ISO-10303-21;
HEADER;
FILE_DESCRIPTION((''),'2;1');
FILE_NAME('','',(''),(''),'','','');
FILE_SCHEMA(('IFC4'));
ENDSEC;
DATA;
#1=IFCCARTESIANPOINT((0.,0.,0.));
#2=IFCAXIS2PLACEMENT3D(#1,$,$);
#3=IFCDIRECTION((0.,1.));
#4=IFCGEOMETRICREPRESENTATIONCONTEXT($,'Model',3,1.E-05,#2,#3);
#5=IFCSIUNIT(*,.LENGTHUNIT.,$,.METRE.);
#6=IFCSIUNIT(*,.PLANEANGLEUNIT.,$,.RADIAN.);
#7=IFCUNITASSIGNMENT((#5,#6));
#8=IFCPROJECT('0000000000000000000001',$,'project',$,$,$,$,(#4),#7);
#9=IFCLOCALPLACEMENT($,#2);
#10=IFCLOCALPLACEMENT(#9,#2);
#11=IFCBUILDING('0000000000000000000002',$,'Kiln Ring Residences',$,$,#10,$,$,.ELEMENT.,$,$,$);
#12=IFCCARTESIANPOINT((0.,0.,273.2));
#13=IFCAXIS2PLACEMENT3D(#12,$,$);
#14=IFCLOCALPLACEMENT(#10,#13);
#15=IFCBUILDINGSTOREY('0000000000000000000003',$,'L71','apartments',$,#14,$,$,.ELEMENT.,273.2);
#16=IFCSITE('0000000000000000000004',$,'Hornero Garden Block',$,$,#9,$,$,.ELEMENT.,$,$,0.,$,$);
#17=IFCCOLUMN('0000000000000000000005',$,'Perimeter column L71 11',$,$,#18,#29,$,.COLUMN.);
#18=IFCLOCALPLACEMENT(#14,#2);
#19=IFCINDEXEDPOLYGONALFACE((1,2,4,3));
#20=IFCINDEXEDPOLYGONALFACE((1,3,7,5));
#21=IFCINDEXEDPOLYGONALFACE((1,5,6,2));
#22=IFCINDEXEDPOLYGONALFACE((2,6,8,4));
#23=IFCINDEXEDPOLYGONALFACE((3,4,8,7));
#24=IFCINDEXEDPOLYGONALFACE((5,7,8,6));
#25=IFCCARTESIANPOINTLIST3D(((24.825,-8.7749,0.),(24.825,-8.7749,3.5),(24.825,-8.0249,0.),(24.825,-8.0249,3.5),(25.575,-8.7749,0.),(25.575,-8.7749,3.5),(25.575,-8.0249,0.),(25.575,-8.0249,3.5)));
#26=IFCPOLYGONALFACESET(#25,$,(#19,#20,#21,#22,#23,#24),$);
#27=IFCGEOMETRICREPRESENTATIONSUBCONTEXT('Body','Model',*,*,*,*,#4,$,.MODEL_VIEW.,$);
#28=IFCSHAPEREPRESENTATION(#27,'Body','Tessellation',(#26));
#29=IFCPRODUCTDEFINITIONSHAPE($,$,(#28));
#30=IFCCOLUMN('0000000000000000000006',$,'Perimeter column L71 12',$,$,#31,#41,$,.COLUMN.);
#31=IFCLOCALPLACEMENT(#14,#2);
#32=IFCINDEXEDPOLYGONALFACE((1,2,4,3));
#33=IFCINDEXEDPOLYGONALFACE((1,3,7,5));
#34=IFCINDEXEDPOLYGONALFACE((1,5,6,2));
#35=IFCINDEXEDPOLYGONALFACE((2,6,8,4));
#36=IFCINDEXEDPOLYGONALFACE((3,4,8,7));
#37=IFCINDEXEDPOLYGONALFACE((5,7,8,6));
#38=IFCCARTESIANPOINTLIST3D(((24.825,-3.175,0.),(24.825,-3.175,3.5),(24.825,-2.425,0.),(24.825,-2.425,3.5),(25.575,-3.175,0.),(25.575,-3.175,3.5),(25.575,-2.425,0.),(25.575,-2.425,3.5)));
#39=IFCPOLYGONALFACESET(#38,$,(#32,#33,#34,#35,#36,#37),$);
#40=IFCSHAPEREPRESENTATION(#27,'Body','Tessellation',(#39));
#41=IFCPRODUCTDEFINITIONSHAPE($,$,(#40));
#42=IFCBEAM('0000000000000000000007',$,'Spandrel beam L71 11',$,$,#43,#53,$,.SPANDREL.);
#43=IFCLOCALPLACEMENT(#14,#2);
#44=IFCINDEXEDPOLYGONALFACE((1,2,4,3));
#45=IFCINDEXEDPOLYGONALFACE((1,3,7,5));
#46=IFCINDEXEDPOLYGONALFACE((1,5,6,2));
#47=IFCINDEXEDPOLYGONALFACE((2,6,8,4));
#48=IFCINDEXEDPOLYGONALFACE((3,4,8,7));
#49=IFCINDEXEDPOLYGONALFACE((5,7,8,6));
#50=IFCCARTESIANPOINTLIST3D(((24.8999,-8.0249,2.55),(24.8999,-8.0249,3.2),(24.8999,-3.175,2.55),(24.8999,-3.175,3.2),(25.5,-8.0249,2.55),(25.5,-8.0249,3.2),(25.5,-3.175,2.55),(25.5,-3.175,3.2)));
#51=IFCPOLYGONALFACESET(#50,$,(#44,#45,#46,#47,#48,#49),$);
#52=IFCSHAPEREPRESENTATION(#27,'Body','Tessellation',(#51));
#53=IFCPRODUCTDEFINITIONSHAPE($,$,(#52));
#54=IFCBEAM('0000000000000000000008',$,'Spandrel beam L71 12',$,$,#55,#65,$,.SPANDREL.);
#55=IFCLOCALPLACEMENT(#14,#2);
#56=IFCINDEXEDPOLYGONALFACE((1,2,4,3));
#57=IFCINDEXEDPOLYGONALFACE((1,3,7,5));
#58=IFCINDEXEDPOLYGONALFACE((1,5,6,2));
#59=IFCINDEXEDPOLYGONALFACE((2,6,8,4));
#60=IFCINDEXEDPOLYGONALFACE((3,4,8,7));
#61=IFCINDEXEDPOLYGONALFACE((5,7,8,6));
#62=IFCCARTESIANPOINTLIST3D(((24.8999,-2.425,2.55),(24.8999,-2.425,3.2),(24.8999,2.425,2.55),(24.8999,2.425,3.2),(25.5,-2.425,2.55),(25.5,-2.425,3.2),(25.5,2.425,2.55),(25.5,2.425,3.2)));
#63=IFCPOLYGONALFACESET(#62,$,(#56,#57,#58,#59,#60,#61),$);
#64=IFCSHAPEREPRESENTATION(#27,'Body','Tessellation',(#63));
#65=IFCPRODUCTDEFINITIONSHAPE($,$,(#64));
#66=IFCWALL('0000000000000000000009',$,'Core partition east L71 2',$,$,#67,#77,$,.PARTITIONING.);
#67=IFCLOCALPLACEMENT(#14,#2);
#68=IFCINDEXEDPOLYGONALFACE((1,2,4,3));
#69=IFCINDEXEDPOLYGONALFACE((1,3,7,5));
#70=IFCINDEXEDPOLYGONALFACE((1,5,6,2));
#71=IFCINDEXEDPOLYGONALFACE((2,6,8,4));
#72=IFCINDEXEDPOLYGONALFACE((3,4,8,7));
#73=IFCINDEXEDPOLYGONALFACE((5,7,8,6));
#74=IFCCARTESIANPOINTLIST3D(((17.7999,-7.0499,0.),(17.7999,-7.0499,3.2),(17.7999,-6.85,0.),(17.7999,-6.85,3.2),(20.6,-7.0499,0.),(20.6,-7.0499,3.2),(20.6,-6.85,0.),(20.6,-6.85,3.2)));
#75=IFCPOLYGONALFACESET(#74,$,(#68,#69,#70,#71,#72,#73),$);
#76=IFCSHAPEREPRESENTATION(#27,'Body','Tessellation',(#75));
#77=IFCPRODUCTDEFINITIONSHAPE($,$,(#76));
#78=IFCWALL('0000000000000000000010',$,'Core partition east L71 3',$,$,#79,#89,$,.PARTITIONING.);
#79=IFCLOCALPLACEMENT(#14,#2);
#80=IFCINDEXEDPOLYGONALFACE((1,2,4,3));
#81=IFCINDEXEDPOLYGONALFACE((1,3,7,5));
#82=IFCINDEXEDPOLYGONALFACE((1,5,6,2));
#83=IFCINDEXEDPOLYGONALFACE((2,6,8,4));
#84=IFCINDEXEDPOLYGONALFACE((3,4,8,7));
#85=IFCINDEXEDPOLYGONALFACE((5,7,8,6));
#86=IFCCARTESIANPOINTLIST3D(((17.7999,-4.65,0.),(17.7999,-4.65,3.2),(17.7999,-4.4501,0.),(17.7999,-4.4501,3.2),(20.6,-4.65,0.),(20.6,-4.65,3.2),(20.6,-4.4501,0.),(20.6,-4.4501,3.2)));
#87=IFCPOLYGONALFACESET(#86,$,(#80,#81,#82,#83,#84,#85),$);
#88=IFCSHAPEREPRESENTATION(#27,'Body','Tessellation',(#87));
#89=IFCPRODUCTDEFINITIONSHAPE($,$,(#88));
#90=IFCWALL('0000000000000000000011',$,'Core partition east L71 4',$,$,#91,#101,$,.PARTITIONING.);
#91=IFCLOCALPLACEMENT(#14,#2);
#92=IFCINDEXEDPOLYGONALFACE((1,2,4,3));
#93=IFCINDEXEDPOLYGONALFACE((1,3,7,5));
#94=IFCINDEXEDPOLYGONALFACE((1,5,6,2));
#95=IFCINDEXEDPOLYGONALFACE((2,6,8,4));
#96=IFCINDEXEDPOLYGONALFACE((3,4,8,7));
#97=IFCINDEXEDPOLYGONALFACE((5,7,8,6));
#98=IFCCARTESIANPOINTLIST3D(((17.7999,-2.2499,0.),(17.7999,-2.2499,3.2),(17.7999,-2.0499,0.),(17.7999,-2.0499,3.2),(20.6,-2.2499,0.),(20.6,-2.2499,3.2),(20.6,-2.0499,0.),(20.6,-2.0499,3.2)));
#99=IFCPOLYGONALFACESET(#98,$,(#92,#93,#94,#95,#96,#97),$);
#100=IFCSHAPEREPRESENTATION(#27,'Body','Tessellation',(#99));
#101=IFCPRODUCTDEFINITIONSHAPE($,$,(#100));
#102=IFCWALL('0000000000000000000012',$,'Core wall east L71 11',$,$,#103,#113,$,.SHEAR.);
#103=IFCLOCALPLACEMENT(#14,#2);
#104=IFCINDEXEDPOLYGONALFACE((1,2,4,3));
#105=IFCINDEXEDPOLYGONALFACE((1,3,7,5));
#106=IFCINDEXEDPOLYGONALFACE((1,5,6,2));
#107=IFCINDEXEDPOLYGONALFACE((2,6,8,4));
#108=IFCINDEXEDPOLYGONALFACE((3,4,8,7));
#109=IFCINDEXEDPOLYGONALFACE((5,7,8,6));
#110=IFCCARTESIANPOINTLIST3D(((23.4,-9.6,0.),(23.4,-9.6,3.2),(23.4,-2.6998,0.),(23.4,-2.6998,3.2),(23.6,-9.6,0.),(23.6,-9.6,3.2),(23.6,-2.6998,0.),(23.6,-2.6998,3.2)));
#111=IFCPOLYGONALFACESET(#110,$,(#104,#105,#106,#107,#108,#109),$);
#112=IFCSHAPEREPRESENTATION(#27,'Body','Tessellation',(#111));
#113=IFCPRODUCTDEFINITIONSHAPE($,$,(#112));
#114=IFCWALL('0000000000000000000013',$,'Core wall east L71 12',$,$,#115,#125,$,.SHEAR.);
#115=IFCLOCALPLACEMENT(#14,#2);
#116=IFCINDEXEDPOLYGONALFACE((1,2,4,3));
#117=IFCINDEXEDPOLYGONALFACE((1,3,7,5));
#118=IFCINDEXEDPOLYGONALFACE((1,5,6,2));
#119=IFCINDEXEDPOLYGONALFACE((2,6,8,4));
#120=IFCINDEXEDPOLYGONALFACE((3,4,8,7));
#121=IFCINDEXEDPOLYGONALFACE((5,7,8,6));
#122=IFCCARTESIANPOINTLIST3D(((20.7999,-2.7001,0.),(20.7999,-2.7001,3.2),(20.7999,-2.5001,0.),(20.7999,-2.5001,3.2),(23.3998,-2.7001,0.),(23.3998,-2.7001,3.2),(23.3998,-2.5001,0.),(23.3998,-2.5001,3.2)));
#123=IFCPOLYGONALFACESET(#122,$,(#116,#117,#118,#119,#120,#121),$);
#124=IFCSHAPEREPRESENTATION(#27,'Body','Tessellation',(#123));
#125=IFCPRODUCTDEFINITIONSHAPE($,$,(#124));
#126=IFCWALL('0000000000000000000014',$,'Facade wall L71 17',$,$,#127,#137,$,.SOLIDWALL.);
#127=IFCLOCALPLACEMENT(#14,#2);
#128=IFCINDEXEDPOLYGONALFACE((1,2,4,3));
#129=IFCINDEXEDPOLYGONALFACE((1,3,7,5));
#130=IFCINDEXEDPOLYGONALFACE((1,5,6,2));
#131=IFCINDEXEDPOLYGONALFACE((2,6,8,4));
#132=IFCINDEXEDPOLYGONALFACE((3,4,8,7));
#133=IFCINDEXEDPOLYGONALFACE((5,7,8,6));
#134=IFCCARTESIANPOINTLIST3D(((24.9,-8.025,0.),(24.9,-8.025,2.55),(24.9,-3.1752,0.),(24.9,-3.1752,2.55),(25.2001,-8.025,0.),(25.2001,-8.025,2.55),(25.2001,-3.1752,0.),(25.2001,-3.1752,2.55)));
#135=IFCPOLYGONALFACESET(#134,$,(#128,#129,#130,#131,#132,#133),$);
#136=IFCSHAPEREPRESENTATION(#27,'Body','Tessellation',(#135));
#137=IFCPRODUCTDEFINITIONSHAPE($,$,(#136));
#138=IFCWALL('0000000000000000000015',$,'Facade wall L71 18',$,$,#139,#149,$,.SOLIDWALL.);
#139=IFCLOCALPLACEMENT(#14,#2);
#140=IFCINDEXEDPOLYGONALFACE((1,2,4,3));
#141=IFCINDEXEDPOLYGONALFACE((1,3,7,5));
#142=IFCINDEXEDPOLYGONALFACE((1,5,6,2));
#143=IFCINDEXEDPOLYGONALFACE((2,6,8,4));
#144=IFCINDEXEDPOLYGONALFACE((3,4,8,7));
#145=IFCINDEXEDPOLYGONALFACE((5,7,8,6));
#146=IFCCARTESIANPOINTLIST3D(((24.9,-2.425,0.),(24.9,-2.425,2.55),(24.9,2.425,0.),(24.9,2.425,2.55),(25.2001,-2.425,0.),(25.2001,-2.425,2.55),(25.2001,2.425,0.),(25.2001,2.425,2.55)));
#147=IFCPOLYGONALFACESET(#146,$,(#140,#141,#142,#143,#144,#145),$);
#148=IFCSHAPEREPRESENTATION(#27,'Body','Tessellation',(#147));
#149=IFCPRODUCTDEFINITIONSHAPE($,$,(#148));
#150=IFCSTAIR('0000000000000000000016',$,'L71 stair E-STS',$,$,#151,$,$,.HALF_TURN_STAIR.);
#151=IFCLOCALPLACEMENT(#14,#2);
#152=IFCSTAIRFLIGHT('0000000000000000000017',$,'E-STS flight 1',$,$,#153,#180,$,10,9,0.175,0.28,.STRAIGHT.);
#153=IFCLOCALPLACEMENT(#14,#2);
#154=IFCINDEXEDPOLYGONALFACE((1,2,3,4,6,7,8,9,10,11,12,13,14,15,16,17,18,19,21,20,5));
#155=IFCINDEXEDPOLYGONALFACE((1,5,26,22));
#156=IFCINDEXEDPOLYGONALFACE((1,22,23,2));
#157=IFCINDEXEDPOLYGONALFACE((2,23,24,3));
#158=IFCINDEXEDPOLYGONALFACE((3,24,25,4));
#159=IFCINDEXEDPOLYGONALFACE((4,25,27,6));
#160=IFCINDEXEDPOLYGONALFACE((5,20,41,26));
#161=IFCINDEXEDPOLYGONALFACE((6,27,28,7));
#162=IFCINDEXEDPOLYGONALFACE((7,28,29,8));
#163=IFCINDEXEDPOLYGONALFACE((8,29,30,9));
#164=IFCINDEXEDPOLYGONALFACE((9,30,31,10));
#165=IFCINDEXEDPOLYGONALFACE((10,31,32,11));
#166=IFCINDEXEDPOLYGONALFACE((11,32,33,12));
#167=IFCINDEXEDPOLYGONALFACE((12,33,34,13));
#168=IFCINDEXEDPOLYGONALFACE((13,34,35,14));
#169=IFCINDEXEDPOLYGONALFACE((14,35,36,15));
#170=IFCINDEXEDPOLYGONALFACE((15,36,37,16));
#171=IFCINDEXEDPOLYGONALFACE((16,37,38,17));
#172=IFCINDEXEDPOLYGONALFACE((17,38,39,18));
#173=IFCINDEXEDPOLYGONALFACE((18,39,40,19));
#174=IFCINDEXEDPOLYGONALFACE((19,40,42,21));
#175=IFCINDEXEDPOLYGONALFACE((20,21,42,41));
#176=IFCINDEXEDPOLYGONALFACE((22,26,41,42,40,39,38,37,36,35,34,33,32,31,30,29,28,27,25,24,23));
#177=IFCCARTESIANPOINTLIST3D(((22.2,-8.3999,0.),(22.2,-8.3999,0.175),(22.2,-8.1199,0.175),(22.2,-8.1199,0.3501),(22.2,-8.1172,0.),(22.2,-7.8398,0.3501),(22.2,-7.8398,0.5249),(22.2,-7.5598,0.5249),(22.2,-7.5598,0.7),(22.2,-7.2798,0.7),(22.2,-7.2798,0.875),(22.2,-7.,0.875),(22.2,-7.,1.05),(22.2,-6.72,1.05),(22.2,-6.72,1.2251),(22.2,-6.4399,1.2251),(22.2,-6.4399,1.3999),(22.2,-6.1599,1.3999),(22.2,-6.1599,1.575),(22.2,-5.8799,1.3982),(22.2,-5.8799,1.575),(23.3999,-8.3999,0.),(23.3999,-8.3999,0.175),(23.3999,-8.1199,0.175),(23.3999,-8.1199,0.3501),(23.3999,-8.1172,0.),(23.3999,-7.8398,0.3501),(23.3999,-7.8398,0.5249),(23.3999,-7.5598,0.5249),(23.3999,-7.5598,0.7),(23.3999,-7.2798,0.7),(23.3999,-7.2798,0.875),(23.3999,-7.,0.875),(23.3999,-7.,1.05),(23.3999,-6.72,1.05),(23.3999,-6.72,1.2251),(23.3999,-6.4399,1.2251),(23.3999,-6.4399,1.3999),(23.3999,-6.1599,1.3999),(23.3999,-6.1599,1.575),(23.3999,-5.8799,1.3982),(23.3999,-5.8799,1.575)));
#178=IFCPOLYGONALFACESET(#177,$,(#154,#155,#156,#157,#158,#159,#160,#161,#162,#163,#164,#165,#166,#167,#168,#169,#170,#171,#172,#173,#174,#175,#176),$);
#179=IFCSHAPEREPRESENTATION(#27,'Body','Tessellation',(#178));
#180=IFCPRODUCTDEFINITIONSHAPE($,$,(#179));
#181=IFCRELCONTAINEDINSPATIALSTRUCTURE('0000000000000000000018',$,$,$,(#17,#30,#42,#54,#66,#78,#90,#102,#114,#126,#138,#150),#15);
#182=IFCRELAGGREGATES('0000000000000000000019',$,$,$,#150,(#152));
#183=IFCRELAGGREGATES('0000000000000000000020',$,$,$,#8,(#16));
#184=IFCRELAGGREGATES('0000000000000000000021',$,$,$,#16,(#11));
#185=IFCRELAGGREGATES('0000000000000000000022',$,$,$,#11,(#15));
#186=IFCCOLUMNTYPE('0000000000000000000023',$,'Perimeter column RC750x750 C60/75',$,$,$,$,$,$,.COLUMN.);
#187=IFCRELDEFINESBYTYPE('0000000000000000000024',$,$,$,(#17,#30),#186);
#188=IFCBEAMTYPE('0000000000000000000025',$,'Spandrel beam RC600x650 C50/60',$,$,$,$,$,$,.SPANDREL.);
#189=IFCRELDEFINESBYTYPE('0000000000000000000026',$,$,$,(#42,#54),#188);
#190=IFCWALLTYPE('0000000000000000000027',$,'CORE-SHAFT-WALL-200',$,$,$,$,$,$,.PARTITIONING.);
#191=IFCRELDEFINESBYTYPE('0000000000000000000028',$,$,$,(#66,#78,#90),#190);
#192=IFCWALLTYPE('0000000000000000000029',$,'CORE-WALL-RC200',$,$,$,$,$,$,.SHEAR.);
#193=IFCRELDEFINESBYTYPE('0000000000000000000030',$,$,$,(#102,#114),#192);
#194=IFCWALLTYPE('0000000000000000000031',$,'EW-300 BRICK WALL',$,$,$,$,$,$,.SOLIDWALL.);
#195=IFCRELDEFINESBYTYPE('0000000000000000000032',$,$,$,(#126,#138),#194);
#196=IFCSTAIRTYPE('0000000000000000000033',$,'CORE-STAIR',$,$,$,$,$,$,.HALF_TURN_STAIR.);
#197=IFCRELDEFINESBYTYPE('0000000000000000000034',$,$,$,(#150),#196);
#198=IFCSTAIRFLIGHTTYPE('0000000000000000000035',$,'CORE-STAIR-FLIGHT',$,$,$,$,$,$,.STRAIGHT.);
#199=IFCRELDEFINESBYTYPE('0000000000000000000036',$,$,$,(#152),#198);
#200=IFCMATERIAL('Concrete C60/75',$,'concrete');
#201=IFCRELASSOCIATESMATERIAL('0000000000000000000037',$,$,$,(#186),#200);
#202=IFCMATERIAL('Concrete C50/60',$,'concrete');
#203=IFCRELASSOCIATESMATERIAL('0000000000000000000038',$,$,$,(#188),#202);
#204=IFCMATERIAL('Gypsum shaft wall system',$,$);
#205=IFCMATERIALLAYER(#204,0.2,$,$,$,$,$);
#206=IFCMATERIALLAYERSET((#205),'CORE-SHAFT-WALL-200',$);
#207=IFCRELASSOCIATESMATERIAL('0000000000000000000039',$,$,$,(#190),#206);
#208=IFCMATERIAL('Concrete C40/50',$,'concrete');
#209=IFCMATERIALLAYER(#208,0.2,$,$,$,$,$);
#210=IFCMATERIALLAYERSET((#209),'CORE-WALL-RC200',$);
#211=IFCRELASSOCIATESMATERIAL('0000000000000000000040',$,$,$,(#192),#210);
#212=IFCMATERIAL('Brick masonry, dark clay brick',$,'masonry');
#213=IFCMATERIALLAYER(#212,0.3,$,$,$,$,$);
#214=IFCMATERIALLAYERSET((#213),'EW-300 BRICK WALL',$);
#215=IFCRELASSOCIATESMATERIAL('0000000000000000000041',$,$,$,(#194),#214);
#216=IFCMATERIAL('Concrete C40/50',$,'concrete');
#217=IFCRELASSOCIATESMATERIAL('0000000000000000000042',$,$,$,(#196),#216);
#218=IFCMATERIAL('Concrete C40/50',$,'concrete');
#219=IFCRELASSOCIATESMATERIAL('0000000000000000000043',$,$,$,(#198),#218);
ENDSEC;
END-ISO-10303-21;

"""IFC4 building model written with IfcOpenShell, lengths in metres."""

from ifc_helpers import new_model, si_unit, direction, frame, frame_2d, origin, origin_2d, place, context, subcontext, project, spatial, polyline, rectangle, outline, extrude, material, layer, layer_set, material_profile, profile_set, type_object, element, aggregate, save


model = new_model("IFC4")

# Units and contexts
model_context = context("Model", 3, precision=1e-05, world=origin(), true_north=direction((0.0, 1.0)))
body_context = subcontext(model_context, "Body", "Model", "MODEL_VIEW")
ifc_project = project(units=[si_unit("LENGTHUNIT", "METRE"), si_unit("PLANEANGLEUNIT", "RADIAN")], contexts=[model_context])

# Site, building, storey
site_placement = place(None, origin())
site = spatial("IfcSite", under=ifc_project, at=site_placement, Name="Hornero Garden Block", CompositionType="ELEMENT", RefElevation=0.0)
building_placement = place(site_placement, origin())
building = spatial("IfcBuilding", under=site, at=building_placement, Name="Kiln Ring Residences", CompositionType="ELEMENT")
storey_placement = place(building_placement, frame((0.0, 0.0, 273.2)))
storey = spatial("IfcBuildingStorey", under=building, at=storey_placement, Name="L71", Description="apartments", CompositionType="ELEMENT", Elevation=273.2)

# Columns
ifc_material_1 = material(Name="Concrete C60/75", Category="concrete")
ifc_material_profile_1 = material_profile(ifc_material_1, rectangle(XDim=0.75, YDim=0.75, at=origin_2d()), Name="RC750x750")
ifc_profile_set_1 = profile_set([ifc_material_profile_1], Name="Concrete C60/75")
column_type = type_object("IfcColumnType", Name="Perimeter column RC750x750 C60/75", PredefinedType="COLUMN", material=ifc_profile_set_1)
for number, where, z_axis, x_axis, name in (
    (1, (25.2, -8.3999, 0.0), (0.0, 0.0, 1.0), (1.0, 0.0, 0.0), "Perimeter column L71 11"),
    (2, (25.2, -2.8, 0.0), (0.0, 0.0, 1.0), (1.0, 0.0, 0.0), "Perimeter column L71 12"),
):
    element("IfcColumn", number, at=place(storey_placement, frame(where, z_axis=z_axis, x_axis=x_axis)), inside=storey, type_object=column_type, Name=name, PredefinedType="COLUMN", context=body_context, shape_type="SweptSolid", body=[
        extrude(rectangle(XDim=0.75, YDim=0.75, at=origin_2d()), origin(), (0.0, 0.0, 1.0), 3.5),
    ])

# Beams
ifc_material_2 = material(Name="Concrete C50/60", Category="concrete")
ifc_material_profile_2 = material_profile(ifc_material_2, rectangle(XDim=0.6001, YDim=0.6499, at=origin_2d()), Name="RC600x650")
ifc_profile_set_2 = profile_set([ifc_material_profile_2], Name="Concrete C50/60")
beam_type = type_object("IfcBeamType", Name="Spandrel beam RC600x650 C50/60", PredefinedType="SPANDREL", material=ifc_profile_set_2)
beam_1_placement = place(storey_placement, frame((25.2, -8.0249, 2.875), z_axis=(0.0, 1.0, 0.0), x_axis=(-1.0, 0.0, 0.0)))
element("IfcBeam", 3, at=beam_1_placement, inside=storey, type_object=beam_type, Name="Spandrel beam L71 11", PredefinedType="SPANDREL", context=body_context, shape_type="SweptSolid", body=[
    extrude(rectangle(XDim=0.6001, YDim=0.6499, at=origin_2d()), origin(), (0.0, 0.0, 1.0), 4.8499),
])
beam_2_placement = place(storey_placement, frame((25.2, -2.425, 2.875), z_axis=(0.0, 1.0, 0.0), x_axis=(-1.0, 0.0, 0.0)))
element("IfcBeam", 4, at=beam_2_placement, inside=storey, type_object=beam_type, Name="Spandrel beam L71 12", PredefinedType="SPANDREL", context=body_context, shape_type="SweptSolid", body=[
    extrude(rectangle(XDim=0.6001, YDim=0.6499, at=origin_2d()), origin(), (0.0, 0.0, 1.0), 4.8501),
])

# Walls
ifc_material_3 = material(Name="Gypsum shaft wall system")
ifc_layer_1 = layer(ifc_material_3, 0.2)
ifc_layer_set_1 = layer_set([ifc_layer_1], Name="CORE-SHAFT-WALL-200")
wall_type_1 = type_object("IfcWallType", Name="CORE-SHAFT-WALL-200", PredefinedType="PARTITIONING", material=ifc_layer_set_1)
for number, where, z_axis, x_axis, name in (
    (5, (17.8, -6.95, 0.0), (0.0, 0.0, 1.0), (1.0, 0.0, 0.0), "Core partition east L71 2"),
    (6, (17.8, -4.55, 0.0), (0.0, 0.0, 1.0), (1.0, 0.0, 0.0), "Core partition east L71 3"),
    (7, (17.8, -2.1499, 0.0), (0.0, 0.0, 1.0), (1.0, 0.0, 0.0), "Core partition east L71 4"),
):
    element("IfcWall", number, at=place(storey_placement, frame(where, z_axis=z_axis, x_axis=x_axis)), inside=storey, type_object=wall_type_1, Name=name, PredefinedType="PARTITIONING", context=body_context, shape_type="SweptSolid", body=[
        extrude(rectangle(XDim=2.8, YDim=0.2, at=frame_2d((1.3999, 0.0))), origin(), (0.0, 0.0, 1.0), 3.2),
    ])
ifc_material_4 = material(Name="Concrete C40/50", Category="concrete")
ifc_layer_2 = layer(ifc_material_4, 0.2)
ifc_layer_set_2 = layer_set([ifc_layer_2], Name="CORE-WALL-RC200")
wall_type_2 = type_object("IfcWallType", Name="CORE-WALL-RC200", PredefinedType="SHEAR", material=ifc_layer_set_2)
wall_1_placement = place(storey_placement, frame((23.5, -9.6001, 0.0), z_axis=(0.0, 0.0, 1.0), x_axis=(0.0, 1.0, 0.0)))
element("IfcWall", 8, at=wall_1_placement, inside=storey, type_object=wall_type_2, Name="Core wall east L71 11", PredefinedType="SHEAR", context=body_context, shape_type="SweptSolid", body=[
    extrude(rectangle(XDim=6.9001, YDim=0.2, at=frame_2d((3.4502, 0.0))), origin(), (0.0, 0.0, 1.0), 3.2),
])
wall_2_placement = place(storey_placement, frame((20.8, -2.6001, 0.0), z_axis=(0.0, 0.0, 1.0), x_axis=(1.0, 0.0, 0.0)))
element("IfcWall", 9, at=wall_2_placement, inside=storey, type_object=wall_type_2, Name="Core wall east L71 12", PredefinedType="SHEAR", context=body_context, shape_type="SweptSolid", body=[
    extrude(rectangle(XDim=2.5999, YDim=0.2, at=frame_2d((1.2998, 0.0))), origin(), (0.0, 0.0, 1.0), 3.2),
])
ifc_material_5 = material(Name="Brick masonry, dark clay brick", Category="masonry")
ifc_layer_3 = layer(ifc_material_5, 0.3)
ifc_layer_set_3 = layer_set([ifc_layer_3], Name="EW-300 BRICK WALL")
wall_type_3 = type_object("IfcWallType", Name="EW-300 BRICK WALL", PredefinedType="SOLIDWALL", material=ifc_layer_set_3)
wall_3_placement = place(storey_placement, frame((25.05, -8.0249, 0.0), z_axis=(0.0, 0.0, 1.0), x_axis=(0.0, 1.0, 0.0)))
element("IfcWall", 10, at=wall_3_placement, inside=storey, type_object=wall_type_3, Name="Facade wall L71 17", PredefinedType="SOLIDWALL", context=body_context, shape_type="SweptSolid", body=[
    extrude(rectangle(XDim=4.8499, YDim=0.3, at=frame_2d((2.4248, 0.0))), origin(), (0.0, 0.0, 1.0), 2.55),
])
wall_4_placement = place(storey_placement, frame((25.05, -2.425, 0.0), z_axis=(0.0, 0.0, 1.0), x_axis=(0.0, 1.0, 0.0)))
element("IfcWall", 11, at=wall_4_placement, inside=storey, type_object=wall_type_3, Name="Facade wall L71 18", PredefinedType="SOLIDWALL", context=body_context, shape_type="SweptSolid", body=[
    extrude(rectangle(XDim=4.8501, YDim=0.3, at=frame_2d((2.425, 0.0))), origin(), (0.0, 0.0, 1.0), 2.55),
])

# Stair, stair flight
ifc_material_6 = material(Name="Concrete C40/50", Category="concrete")
stair_type = type_object("IfcStairType", Name="CORE-STAIR", PredefinedType="HALF_TURN_STAIR", material=ifc_material_6)
stair_placement = place(storey_placement, origin())
stair = element("IfcStair", 12, at=stair_placement, inside=storey, type_object=stair_type, Name="L71 stair E-STS", PredefinedType="HALF_TURN_STAIR")
ifc_material_7 = material(Name="Concrete C40/50", Category="concrete")
stair_flight_type = type_object("IfcStairFlightType", Name="CORE-STAIR-FLIGHT", PredefinedType="STRAIGHT", material=ifc_material_7)
stair_flight_1_placement = place(storey_placement, frame((22.8, -8.3999, 0.0), z_axis=(0.0, 0.0, 1.0), x_axis=(0.0, 1.0, 0.0)))
stair_flight_1 = element("IfcStairFlight", 13, at=stair_flight_1_placement, type_object=stair_flight_type, Name="E-STS flight 1", NumberOfRisers=10, NumberOfTreads=9, PredefinedType="STRAIGHT", RiserHeight=0.175, TreadLength=0.28, context=body_context, shape_type="SweptSolid", body=[
    extrude(outline(polyline([(0.0, 0.0), (0.0, 0.175), (0.28, 0.175), (0.28, 0.3501), (0.5601, 0.3501), (0.5601, 0.5249), (0.8401, 0.5249), (0.8401, 0.7), (1.1201, 0.7), (1.1201, 0.875), (1.3999, 0.875), (1.3999, 1.05), (1.6799, 1.05), (1.6799, 1.2251), (1.96, 1.2251), (1.96, 1.3999), (2.24, 1.3999), (2.24, 1.575), (2.52, 1.575), (2.52, 1.75), (2.52, 1.3982), (0.2827, 0.0), (0.0, 0.0)])), frame((0.0, 0.6001, 0.0), z_axis=(0.0, -1.0, 0.0), x_axis=(1.0, 0.0, 0.0)), (0.0, 0.0, 1.0), 1.2),
])
aggregate(stair, [stair_flight_1])

save(model, "model.ifc")
